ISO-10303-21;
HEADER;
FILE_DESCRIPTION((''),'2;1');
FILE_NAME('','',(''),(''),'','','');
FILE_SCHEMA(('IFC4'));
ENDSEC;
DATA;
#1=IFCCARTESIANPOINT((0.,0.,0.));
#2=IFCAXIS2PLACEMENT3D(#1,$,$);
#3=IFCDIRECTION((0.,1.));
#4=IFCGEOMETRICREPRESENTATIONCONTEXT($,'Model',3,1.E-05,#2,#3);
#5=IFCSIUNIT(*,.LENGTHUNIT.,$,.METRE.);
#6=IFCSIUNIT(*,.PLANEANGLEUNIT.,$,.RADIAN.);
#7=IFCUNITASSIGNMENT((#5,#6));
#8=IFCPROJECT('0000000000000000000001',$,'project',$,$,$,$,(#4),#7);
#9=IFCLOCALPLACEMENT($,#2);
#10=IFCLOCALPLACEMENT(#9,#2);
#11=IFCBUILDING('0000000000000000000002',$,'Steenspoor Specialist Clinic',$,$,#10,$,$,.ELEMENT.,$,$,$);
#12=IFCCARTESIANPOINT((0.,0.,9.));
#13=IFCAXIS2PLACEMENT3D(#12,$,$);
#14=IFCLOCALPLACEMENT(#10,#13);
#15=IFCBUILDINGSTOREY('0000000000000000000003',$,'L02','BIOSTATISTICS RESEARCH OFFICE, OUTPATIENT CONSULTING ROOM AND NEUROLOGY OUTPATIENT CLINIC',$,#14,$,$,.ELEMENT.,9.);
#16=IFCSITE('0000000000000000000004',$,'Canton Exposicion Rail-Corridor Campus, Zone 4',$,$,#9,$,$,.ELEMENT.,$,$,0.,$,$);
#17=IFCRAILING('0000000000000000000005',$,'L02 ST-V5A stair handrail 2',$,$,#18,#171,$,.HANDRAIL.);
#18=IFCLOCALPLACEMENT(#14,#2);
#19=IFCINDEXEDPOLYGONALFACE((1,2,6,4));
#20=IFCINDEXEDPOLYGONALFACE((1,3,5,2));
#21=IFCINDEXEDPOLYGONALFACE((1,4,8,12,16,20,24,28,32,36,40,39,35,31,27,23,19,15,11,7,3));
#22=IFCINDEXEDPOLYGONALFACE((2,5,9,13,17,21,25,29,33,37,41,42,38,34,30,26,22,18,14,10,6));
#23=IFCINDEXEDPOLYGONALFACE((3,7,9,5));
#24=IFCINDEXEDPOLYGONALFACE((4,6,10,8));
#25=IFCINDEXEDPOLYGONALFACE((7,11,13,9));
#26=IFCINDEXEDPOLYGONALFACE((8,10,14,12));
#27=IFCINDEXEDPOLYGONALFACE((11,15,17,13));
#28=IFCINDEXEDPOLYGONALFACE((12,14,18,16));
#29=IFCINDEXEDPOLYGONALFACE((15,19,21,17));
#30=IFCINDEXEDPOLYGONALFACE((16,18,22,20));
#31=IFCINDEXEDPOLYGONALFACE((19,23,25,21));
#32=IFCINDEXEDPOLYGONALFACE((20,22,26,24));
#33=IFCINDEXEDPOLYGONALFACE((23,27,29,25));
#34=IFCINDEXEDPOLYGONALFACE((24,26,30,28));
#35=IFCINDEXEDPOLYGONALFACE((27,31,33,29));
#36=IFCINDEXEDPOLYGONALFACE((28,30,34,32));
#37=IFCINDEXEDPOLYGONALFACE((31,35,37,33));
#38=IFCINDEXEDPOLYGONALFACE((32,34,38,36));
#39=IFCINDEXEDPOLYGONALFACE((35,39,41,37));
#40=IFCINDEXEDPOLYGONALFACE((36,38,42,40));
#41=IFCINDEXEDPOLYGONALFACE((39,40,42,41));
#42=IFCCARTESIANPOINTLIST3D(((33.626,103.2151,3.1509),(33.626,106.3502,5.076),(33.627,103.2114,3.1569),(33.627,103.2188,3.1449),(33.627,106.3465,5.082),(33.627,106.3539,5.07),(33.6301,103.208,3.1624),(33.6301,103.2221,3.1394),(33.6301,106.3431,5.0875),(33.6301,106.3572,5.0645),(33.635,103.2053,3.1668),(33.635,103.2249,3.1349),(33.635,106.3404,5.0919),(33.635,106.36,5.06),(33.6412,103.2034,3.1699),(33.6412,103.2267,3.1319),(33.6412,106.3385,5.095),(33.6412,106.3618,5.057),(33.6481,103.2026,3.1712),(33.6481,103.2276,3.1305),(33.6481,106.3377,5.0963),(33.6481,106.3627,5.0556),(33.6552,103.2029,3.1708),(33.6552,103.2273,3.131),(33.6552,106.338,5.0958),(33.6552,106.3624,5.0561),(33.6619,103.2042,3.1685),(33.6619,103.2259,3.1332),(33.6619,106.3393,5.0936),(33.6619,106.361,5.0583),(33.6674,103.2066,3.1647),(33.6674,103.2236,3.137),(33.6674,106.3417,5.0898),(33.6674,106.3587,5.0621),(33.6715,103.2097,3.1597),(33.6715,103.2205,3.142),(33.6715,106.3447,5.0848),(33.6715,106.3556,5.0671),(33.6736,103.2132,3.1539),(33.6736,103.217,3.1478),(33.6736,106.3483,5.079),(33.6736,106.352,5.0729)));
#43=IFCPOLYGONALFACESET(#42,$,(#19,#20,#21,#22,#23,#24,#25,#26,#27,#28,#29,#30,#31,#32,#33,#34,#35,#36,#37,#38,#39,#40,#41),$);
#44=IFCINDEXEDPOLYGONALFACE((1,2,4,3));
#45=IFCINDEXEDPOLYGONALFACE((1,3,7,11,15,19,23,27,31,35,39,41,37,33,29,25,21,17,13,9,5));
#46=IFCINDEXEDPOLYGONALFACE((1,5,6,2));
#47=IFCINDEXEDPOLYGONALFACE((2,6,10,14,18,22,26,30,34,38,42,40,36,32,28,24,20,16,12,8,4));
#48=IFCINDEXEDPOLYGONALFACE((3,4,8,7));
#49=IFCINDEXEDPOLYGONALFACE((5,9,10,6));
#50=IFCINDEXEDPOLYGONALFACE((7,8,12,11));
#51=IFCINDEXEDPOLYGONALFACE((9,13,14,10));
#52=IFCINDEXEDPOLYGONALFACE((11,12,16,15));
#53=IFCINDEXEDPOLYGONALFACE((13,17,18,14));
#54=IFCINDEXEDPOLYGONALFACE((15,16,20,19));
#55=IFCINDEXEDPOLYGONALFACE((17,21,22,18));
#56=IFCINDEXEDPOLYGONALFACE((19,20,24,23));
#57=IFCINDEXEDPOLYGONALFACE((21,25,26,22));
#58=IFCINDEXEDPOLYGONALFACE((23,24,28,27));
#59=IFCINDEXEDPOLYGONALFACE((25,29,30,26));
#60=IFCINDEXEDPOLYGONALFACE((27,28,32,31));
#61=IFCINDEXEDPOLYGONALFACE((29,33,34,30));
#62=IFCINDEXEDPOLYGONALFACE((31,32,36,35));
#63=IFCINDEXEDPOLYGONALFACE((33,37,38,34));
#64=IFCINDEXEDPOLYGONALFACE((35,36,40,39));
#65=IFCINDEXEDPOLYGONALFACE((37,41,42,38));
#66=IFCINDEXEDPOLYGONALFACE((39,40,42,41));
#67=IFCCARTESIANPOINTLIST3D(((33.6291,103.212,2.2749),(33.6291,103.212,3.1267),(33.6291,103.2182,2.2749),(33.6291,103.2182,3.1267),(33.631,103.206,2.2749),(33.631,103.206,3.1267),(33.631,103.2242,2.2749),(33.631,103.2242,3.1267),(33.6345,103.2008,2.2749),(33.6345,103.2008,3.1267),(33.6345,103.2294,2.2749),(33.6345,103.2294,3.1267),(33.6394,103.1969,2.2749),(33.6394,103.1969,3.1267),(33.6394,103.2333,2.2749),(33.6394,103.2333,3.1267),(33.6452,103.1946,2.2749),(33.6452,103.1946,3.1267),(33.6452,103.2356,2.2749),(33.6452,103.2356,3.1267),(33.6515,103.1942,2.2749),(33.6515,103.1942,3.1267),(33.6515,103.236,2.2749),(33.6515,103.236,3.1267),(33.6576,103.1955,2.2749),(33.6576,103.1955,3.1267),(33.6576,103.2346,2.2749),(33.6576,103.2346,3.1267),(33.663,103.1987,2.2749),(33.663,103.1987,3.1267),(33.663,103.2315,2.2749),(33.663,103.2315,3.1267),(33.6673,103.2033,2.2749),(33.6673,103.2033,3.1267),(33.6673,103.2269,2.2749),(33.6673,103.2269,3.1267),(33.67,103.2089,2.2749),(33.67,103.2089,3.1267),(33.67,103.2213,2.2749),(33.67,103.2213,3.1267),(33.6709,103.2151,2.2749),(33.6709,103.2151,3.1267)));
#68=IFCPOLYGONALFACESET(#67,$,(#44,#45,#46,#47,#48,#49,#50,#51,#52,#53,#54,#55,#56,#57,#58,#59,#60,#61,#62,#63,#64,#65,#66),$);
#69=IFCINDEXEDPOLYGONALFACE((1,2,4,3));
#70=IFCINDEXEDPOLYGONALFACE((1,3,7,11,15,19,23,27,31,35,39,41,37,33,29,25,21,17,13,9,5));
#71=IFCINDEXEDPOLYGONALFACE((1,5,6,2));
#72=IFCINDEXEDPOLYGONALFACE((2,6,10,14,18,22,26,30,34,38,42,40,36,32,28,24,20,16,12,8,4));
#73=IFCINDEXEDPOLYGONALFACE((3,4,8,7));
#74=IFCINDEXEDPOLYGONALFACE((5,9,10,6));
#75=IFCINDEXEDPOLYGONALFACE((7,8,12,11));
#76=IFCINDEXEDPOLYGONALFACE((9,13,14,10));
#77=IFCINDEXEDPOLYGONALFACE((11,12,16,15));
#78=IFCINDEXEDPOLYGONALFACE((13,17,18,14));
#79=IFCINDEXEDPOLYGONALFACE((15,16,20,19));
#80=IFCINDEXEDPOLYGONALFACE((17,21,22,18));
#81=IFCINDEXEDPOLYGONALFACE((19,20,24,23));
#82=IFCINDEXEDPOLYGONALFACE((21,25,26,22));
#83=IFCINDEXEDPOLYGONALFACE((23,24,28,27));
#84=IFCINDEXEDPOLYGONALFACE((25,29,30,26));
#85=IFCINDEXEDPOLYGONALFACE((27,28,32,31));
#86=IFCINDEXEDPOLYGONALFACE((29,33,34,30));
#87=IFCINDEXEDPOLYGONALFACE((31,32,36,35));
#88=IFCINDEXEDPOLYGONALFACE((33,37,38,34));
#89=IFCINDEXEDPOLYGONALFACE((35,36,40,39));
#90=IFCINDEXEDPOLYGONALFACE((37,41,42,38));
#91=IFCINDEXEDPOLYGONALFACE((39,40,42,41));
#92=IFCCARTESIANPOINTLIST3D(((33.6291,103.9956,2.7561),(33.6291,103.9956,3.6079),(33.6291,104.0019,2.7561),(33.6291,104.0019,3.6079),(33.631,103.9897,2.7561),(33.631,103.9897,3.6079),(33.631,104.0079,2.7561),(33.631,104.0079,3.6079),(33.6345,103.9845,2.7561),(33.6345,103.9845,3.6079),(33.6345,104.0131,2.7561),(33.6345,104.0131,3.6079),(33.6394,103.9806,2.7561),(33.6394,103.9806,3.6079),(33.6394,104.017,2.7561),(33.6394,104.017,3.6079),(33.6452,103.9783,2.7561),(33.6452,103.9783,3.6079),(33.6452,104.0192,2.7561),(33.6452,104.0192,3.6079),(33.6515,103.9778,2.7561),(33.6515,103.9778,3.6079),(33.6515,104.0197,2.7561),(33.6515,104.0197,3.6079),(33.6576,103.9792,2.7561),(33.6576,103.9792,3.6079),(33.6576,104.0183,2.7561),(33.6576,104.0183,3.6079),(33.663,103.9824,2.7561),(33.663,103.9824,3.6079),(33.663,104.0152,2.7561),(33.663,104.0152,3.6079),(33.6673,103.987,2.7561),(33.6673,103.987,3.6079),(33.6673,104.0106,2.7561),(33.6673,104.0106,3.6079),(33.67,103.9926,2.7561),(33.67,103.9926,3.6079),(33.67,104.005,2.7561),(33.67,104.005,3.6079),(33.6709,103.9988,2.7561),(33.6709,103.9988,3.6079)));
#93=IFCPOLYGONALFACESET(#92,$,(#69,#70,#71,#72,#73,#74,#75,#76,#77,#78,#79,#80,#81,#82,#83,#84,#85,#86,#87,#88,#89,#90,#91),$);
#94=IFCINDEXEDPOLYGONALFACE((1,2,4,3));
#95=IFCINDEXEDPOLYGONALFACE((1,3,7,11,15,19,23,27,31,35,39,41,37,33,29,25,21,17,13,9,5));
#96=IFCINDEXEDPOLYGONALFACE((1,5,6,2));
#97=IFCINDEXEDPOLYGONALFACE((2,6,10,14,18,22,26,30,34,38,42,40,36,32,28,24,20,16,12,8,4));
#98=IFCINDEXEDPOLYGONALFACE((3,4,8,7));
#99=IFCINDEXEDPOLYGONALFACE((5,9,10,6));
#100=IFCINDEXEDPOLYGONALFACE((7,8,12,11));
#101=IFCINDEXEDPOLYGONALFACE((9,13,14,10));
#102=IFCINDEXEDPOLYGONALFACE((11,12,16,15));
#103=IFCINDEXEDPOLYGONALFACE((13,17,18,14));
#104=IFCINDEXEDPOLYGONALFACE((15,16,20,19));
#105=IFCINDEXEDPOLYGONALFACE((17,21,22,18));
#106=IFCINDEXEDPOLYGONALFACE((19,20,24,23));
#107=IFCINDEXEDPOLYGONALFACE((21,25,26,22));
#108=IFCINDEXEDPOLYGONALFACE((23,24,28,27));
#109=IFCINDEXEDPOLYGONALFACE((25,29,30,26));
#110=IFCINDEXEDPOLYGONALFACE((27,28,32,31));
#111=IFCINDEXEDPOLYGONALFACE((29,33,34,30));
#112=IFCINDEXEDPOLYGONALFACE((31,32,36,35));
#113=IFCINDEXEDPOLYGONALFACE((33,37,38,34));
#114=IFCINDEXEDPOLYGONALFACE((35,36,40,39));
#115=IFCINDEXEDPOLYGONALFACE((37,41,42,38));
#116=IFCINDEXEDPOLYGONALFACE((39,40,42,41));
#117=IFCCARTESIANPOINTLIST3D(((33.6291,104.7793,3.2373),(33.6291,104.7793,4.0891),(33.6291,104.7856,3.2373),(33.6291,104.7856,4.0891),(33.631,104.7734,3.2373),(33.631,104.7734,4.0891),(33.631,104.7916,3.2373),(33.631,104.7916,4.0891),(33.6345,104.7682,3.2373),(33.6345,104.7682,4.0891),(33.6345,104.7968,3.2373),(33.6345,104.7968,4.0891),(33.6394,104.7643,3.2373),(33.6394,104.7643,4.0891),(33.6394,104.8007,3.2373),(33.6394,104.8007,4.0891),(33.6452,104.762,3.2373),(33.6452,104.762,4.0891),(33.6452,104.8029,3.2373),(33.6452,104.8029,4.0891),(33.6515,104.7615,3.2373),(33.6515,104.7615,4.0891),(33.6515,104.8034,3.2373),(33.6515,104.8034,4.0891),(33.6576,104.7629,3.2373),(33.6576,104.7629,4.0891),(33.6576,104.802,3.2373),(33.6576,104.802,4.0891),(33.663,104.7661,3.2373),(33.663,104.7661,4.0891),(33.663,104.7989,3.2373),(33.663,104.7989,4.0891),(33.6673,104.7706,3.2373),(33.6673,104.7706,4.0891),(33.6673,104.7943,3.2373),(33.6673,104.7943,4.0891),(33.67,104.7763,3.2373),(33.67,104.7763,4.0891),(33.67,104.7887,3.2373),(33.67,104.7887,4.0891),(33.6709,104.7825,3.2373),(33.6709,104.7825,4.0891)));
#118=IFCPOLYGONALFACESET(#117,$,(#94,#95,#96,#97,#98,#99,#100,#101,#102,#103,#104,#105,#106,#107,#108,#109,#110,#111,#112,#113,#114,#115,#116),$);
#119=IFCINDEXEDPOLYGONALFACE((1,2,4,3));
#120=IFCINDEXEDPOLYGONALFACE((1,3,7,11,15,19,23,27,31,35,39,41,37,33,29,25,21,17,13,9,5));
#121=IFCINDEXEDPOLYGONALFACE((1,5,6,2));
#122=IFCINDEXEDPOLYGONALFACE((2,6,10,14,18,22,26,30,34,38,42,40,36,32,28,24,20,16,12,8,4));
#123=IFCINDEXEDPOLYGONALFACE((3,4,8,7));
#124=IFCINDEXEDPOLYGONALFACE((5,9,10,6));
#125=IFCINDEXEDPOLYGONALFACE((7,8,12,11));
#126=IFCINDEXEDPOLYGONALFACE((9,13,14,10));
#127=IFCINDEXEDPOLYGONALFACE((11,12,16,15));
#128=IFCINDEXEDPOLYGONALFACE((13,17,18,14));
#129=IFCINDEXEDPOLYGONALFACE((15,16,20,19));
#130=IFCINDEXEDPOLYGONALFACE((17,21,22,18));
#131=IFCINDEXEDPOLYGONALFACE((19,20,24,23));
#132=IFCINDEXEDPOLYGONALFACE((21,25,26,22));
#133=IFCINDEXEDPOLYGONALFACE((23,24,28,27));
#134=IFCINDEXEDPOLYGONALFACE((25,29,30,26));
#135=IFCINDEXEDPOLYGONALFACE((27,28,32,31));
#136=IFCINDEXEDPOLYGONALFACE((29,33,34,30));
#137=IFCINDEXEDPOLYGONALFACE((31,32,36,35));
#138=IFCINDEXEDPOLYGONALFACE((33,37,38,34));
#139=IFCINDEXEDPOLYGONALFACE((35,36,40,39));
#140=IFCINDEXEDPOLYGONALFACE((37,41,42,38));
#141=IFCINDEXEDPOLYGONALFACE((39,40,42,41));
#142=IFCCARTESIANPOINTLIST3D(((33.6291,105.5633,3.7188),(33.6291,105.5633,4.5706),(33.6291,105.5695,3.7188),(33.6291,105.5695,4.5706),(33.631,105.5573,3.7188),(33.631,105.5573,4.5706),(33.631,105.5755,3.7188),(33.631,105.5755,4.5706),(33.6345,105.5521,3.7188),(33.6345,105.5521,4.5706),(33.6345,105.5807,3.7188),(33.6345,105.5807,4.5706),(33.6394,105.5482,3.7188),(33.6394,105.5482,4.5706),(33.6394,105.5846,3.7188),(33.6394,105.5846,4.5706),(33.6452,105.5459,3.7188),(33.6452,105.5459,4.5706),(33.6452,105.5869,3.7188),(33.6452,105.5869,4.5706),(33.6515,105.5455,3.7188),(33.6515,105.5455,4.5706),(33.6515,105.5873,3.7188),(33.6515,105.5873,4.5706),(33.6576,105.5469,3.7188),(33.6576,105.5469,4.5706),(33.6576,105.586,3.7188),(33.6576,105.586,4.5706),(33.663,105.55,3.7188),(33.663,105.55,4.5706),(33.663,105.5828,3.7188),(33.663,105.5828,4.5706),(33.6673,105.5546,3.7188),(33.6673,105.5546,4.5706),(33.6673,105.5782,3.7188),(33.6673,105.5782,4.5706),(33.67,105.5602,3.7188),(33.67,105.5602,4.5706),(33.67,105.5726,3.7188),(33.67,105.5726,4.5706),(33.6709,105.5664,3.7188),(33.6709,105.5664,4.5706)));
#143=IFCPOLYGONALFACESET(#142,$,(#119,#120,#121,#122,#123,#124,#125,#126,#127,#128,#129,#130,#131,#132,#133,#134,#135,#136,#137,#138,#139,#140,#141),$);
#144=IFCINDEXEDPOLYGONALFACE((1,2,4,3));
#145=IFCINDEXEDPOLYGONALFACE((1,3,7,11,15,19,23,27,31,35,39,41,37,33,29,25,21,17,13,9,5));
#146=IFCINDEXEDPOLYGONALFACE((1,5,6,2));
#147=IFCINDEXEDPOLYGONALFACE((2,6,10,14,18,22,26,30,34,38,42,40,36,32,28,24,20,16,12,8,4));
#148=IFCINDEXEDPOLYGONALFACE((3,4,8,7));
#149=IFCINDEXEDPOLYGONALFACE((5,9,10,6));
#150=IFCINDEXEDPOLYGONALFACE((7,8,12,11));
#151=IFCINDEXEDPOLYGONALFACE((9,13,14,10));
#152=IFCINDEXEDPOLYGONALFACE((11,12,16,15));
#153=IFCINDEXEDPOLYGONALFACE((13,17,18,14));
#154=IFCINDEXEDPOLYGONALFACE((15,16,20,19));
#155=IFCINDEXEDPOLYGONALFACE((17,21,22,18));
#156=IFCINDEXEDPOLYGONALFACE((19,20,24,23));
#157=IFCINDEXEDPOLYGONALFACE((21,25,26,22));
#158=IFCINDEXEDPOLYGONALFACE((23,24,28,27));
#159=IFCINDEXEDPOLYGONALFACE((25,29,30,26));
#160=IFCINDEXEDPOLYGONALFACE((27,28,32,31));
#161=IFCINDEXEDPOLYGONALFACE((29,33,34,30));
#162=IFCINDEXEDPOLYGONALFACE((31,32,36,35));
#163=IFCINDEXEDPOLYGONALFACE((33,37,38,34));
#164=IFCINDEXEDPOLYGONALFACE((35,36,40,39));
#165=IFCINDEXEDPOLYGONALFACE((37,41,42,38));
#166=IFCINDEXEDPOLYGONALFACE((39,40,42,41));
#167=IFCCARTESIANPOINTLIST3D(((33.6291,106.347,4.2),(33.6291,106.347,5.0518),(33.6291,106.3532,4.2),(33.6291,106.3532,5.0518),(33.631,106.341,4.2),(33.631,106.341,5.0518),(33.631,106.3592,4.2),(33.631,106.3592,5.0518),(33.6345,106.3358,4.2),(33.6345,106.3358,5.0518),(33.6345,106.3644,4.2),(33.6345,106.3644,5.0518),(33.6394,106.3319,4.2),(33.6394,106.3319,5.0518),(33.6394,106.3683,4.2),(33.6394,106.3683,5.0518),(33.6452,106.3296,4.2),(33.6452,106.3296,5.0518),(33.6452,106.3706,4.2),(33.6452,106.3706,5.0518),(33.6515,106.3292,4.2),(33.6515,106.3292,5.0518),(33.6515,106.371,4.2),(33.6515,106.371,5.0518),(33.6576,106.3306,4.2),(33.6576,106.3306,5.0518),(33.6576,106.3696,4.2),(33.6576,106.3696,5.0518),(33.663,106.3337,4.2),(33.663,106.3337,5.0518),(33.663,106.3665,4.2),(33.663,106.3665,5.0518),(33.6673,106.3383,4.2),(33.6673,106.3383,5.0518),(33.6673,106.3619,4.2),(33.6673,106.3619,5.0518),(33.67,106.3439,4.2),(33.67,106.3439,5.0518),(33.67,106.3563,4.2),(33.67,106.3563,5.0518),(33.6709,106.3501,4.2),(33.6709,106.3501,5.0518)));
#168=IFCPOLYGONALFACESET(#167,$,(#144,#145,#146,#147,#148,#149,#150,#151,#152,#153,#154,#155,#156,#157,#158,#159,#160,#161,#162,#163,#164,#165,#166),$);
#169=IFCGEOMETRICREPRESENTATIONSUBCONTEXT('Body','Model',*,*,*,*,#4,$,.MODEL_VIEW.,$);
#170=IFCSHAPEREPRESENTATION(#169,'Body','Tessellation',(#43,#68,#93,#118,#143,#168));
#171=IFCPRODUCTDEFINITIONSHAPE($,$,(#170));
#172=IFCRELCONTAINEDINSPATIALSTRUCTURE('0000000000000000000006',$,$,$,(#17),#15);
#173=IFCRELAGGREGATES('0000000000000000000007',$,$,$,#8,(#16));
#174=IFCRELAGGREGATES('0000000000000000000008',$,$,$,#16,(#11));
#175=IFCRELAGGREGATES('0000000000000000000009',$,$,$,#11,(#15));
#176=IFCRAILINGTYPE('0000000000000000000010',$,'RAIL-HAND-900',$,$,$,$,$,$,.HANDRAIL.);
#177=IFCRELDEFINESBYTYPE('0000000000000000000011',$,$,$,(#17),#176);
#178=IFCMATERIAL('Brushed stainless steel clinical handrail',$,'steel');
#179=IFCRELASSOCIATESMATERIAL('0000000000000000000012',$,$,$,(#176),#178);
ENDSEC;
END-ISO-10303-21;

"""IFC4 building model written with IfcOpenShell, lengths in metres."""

from ifc_helpers import new_model, si_unit, direction, frame, origin, origin_2d, place, context, subcontext, project, spatial, circle, extrude, material, type_object, element, save


model = new_model("IFC4")

# Units and contexts
model_context = context("Model", 3, precision=1e-05, world=origin(), true_north=direction((0.0, 1.0)))
body_context = subcontext(model_context, "Body", "Model", "MODEL_VIEW")
ifc_project = project(units=[si_unit("LENGTHUNIT", "METRE"), si_unit("PLANEANGLEUNIT", "RADIAN")], contexts=[model_context])

# Site, building, storey
site_placement = place(None, origin())
site = spatial("IfcSite", under=ifc_project, at=site_placement, Name="Canton Exposicion Rail-Corridor Campus, Zone 4", CompositionType="ELEMENT", RefElevation=0.0)
building_placement = place(site_placement, origin())
building = spatial("IfcBuilding", under=site, at=building_placement, Name="Steenspoor Specialist Clinic", CompositionType="ELEMENT")
storey_placement = place(building_placement, frame((0.0, 0.0, 9.0)))
storey = spatial("IfcBuildingStorey", under=building, at=storey_placement, Name="L02", Description="BIOSTATISTICS RESEARCH OFFICE, OUTPATIENT CONSULTING ROOM AND NEUROLOGY OUTPATIENT CLINIC", CompositionType="ELEMENT", Elevation=9.0)

# Railing
ifc_material_1 = material(Name="Brushed stainless steel clinical handrail", Category="steel")
railing_type_1 = type_object("IfcRailingType", Name="RAIL-HAND-900", PredefinedType="HANDRAIL", material=ifc_material_1)
railing_1_placement = place(storey_placement, frame((33.6499, 103.2151, 2.2749)))
element("IfcRailing", 1, at=railing_1_placement, inside=storey, type_object=railing_type_1, Name="L02 ST-V5A stair handrail 2", PredefinedType="HANDRAIL", context=body_context, shape_type="SweptSolid", body=[
    extrude(circle(Radius=0.0239, at=origin_2d()), frame((0.0, 0.0, 0.876), z_axis=(0.0, 0.852166, 0.523271), x_axis=(-1.0, 0.0, 0.0)), (0.0, 0.0, 1.0), 3.679),
    extrude(circle(Radius=0.021, at=origin_2d()), origin(), (0.0, 0.0, 1.0), 0.8518),
    extrude(circle(Radius=0.021, at=origin_2d()), frame((0.0, 0.7837, 0.4812)), (0.0, 0.0, 1.0), 0.8518),
    extrude(circle(Radius=0.021, at=origin_2d()), frame((0.0, 1.5674, 0.9624)), (0.0, 0.0, 1.0), 0.8518),
    extrude(circle(Radius=0.021, at=origin_2d()), frame((0.0, 2.3513, 1.4438)), (0.0, 0.0, 1.0), 0.8518),
    extrude(circle(Radius=0.021, at=origin_2d()), frame((0.0, 3.135, 1.925)), (0.0, 0.0, 1.0), 0.8518),
])

save(model, "model.ifc")
